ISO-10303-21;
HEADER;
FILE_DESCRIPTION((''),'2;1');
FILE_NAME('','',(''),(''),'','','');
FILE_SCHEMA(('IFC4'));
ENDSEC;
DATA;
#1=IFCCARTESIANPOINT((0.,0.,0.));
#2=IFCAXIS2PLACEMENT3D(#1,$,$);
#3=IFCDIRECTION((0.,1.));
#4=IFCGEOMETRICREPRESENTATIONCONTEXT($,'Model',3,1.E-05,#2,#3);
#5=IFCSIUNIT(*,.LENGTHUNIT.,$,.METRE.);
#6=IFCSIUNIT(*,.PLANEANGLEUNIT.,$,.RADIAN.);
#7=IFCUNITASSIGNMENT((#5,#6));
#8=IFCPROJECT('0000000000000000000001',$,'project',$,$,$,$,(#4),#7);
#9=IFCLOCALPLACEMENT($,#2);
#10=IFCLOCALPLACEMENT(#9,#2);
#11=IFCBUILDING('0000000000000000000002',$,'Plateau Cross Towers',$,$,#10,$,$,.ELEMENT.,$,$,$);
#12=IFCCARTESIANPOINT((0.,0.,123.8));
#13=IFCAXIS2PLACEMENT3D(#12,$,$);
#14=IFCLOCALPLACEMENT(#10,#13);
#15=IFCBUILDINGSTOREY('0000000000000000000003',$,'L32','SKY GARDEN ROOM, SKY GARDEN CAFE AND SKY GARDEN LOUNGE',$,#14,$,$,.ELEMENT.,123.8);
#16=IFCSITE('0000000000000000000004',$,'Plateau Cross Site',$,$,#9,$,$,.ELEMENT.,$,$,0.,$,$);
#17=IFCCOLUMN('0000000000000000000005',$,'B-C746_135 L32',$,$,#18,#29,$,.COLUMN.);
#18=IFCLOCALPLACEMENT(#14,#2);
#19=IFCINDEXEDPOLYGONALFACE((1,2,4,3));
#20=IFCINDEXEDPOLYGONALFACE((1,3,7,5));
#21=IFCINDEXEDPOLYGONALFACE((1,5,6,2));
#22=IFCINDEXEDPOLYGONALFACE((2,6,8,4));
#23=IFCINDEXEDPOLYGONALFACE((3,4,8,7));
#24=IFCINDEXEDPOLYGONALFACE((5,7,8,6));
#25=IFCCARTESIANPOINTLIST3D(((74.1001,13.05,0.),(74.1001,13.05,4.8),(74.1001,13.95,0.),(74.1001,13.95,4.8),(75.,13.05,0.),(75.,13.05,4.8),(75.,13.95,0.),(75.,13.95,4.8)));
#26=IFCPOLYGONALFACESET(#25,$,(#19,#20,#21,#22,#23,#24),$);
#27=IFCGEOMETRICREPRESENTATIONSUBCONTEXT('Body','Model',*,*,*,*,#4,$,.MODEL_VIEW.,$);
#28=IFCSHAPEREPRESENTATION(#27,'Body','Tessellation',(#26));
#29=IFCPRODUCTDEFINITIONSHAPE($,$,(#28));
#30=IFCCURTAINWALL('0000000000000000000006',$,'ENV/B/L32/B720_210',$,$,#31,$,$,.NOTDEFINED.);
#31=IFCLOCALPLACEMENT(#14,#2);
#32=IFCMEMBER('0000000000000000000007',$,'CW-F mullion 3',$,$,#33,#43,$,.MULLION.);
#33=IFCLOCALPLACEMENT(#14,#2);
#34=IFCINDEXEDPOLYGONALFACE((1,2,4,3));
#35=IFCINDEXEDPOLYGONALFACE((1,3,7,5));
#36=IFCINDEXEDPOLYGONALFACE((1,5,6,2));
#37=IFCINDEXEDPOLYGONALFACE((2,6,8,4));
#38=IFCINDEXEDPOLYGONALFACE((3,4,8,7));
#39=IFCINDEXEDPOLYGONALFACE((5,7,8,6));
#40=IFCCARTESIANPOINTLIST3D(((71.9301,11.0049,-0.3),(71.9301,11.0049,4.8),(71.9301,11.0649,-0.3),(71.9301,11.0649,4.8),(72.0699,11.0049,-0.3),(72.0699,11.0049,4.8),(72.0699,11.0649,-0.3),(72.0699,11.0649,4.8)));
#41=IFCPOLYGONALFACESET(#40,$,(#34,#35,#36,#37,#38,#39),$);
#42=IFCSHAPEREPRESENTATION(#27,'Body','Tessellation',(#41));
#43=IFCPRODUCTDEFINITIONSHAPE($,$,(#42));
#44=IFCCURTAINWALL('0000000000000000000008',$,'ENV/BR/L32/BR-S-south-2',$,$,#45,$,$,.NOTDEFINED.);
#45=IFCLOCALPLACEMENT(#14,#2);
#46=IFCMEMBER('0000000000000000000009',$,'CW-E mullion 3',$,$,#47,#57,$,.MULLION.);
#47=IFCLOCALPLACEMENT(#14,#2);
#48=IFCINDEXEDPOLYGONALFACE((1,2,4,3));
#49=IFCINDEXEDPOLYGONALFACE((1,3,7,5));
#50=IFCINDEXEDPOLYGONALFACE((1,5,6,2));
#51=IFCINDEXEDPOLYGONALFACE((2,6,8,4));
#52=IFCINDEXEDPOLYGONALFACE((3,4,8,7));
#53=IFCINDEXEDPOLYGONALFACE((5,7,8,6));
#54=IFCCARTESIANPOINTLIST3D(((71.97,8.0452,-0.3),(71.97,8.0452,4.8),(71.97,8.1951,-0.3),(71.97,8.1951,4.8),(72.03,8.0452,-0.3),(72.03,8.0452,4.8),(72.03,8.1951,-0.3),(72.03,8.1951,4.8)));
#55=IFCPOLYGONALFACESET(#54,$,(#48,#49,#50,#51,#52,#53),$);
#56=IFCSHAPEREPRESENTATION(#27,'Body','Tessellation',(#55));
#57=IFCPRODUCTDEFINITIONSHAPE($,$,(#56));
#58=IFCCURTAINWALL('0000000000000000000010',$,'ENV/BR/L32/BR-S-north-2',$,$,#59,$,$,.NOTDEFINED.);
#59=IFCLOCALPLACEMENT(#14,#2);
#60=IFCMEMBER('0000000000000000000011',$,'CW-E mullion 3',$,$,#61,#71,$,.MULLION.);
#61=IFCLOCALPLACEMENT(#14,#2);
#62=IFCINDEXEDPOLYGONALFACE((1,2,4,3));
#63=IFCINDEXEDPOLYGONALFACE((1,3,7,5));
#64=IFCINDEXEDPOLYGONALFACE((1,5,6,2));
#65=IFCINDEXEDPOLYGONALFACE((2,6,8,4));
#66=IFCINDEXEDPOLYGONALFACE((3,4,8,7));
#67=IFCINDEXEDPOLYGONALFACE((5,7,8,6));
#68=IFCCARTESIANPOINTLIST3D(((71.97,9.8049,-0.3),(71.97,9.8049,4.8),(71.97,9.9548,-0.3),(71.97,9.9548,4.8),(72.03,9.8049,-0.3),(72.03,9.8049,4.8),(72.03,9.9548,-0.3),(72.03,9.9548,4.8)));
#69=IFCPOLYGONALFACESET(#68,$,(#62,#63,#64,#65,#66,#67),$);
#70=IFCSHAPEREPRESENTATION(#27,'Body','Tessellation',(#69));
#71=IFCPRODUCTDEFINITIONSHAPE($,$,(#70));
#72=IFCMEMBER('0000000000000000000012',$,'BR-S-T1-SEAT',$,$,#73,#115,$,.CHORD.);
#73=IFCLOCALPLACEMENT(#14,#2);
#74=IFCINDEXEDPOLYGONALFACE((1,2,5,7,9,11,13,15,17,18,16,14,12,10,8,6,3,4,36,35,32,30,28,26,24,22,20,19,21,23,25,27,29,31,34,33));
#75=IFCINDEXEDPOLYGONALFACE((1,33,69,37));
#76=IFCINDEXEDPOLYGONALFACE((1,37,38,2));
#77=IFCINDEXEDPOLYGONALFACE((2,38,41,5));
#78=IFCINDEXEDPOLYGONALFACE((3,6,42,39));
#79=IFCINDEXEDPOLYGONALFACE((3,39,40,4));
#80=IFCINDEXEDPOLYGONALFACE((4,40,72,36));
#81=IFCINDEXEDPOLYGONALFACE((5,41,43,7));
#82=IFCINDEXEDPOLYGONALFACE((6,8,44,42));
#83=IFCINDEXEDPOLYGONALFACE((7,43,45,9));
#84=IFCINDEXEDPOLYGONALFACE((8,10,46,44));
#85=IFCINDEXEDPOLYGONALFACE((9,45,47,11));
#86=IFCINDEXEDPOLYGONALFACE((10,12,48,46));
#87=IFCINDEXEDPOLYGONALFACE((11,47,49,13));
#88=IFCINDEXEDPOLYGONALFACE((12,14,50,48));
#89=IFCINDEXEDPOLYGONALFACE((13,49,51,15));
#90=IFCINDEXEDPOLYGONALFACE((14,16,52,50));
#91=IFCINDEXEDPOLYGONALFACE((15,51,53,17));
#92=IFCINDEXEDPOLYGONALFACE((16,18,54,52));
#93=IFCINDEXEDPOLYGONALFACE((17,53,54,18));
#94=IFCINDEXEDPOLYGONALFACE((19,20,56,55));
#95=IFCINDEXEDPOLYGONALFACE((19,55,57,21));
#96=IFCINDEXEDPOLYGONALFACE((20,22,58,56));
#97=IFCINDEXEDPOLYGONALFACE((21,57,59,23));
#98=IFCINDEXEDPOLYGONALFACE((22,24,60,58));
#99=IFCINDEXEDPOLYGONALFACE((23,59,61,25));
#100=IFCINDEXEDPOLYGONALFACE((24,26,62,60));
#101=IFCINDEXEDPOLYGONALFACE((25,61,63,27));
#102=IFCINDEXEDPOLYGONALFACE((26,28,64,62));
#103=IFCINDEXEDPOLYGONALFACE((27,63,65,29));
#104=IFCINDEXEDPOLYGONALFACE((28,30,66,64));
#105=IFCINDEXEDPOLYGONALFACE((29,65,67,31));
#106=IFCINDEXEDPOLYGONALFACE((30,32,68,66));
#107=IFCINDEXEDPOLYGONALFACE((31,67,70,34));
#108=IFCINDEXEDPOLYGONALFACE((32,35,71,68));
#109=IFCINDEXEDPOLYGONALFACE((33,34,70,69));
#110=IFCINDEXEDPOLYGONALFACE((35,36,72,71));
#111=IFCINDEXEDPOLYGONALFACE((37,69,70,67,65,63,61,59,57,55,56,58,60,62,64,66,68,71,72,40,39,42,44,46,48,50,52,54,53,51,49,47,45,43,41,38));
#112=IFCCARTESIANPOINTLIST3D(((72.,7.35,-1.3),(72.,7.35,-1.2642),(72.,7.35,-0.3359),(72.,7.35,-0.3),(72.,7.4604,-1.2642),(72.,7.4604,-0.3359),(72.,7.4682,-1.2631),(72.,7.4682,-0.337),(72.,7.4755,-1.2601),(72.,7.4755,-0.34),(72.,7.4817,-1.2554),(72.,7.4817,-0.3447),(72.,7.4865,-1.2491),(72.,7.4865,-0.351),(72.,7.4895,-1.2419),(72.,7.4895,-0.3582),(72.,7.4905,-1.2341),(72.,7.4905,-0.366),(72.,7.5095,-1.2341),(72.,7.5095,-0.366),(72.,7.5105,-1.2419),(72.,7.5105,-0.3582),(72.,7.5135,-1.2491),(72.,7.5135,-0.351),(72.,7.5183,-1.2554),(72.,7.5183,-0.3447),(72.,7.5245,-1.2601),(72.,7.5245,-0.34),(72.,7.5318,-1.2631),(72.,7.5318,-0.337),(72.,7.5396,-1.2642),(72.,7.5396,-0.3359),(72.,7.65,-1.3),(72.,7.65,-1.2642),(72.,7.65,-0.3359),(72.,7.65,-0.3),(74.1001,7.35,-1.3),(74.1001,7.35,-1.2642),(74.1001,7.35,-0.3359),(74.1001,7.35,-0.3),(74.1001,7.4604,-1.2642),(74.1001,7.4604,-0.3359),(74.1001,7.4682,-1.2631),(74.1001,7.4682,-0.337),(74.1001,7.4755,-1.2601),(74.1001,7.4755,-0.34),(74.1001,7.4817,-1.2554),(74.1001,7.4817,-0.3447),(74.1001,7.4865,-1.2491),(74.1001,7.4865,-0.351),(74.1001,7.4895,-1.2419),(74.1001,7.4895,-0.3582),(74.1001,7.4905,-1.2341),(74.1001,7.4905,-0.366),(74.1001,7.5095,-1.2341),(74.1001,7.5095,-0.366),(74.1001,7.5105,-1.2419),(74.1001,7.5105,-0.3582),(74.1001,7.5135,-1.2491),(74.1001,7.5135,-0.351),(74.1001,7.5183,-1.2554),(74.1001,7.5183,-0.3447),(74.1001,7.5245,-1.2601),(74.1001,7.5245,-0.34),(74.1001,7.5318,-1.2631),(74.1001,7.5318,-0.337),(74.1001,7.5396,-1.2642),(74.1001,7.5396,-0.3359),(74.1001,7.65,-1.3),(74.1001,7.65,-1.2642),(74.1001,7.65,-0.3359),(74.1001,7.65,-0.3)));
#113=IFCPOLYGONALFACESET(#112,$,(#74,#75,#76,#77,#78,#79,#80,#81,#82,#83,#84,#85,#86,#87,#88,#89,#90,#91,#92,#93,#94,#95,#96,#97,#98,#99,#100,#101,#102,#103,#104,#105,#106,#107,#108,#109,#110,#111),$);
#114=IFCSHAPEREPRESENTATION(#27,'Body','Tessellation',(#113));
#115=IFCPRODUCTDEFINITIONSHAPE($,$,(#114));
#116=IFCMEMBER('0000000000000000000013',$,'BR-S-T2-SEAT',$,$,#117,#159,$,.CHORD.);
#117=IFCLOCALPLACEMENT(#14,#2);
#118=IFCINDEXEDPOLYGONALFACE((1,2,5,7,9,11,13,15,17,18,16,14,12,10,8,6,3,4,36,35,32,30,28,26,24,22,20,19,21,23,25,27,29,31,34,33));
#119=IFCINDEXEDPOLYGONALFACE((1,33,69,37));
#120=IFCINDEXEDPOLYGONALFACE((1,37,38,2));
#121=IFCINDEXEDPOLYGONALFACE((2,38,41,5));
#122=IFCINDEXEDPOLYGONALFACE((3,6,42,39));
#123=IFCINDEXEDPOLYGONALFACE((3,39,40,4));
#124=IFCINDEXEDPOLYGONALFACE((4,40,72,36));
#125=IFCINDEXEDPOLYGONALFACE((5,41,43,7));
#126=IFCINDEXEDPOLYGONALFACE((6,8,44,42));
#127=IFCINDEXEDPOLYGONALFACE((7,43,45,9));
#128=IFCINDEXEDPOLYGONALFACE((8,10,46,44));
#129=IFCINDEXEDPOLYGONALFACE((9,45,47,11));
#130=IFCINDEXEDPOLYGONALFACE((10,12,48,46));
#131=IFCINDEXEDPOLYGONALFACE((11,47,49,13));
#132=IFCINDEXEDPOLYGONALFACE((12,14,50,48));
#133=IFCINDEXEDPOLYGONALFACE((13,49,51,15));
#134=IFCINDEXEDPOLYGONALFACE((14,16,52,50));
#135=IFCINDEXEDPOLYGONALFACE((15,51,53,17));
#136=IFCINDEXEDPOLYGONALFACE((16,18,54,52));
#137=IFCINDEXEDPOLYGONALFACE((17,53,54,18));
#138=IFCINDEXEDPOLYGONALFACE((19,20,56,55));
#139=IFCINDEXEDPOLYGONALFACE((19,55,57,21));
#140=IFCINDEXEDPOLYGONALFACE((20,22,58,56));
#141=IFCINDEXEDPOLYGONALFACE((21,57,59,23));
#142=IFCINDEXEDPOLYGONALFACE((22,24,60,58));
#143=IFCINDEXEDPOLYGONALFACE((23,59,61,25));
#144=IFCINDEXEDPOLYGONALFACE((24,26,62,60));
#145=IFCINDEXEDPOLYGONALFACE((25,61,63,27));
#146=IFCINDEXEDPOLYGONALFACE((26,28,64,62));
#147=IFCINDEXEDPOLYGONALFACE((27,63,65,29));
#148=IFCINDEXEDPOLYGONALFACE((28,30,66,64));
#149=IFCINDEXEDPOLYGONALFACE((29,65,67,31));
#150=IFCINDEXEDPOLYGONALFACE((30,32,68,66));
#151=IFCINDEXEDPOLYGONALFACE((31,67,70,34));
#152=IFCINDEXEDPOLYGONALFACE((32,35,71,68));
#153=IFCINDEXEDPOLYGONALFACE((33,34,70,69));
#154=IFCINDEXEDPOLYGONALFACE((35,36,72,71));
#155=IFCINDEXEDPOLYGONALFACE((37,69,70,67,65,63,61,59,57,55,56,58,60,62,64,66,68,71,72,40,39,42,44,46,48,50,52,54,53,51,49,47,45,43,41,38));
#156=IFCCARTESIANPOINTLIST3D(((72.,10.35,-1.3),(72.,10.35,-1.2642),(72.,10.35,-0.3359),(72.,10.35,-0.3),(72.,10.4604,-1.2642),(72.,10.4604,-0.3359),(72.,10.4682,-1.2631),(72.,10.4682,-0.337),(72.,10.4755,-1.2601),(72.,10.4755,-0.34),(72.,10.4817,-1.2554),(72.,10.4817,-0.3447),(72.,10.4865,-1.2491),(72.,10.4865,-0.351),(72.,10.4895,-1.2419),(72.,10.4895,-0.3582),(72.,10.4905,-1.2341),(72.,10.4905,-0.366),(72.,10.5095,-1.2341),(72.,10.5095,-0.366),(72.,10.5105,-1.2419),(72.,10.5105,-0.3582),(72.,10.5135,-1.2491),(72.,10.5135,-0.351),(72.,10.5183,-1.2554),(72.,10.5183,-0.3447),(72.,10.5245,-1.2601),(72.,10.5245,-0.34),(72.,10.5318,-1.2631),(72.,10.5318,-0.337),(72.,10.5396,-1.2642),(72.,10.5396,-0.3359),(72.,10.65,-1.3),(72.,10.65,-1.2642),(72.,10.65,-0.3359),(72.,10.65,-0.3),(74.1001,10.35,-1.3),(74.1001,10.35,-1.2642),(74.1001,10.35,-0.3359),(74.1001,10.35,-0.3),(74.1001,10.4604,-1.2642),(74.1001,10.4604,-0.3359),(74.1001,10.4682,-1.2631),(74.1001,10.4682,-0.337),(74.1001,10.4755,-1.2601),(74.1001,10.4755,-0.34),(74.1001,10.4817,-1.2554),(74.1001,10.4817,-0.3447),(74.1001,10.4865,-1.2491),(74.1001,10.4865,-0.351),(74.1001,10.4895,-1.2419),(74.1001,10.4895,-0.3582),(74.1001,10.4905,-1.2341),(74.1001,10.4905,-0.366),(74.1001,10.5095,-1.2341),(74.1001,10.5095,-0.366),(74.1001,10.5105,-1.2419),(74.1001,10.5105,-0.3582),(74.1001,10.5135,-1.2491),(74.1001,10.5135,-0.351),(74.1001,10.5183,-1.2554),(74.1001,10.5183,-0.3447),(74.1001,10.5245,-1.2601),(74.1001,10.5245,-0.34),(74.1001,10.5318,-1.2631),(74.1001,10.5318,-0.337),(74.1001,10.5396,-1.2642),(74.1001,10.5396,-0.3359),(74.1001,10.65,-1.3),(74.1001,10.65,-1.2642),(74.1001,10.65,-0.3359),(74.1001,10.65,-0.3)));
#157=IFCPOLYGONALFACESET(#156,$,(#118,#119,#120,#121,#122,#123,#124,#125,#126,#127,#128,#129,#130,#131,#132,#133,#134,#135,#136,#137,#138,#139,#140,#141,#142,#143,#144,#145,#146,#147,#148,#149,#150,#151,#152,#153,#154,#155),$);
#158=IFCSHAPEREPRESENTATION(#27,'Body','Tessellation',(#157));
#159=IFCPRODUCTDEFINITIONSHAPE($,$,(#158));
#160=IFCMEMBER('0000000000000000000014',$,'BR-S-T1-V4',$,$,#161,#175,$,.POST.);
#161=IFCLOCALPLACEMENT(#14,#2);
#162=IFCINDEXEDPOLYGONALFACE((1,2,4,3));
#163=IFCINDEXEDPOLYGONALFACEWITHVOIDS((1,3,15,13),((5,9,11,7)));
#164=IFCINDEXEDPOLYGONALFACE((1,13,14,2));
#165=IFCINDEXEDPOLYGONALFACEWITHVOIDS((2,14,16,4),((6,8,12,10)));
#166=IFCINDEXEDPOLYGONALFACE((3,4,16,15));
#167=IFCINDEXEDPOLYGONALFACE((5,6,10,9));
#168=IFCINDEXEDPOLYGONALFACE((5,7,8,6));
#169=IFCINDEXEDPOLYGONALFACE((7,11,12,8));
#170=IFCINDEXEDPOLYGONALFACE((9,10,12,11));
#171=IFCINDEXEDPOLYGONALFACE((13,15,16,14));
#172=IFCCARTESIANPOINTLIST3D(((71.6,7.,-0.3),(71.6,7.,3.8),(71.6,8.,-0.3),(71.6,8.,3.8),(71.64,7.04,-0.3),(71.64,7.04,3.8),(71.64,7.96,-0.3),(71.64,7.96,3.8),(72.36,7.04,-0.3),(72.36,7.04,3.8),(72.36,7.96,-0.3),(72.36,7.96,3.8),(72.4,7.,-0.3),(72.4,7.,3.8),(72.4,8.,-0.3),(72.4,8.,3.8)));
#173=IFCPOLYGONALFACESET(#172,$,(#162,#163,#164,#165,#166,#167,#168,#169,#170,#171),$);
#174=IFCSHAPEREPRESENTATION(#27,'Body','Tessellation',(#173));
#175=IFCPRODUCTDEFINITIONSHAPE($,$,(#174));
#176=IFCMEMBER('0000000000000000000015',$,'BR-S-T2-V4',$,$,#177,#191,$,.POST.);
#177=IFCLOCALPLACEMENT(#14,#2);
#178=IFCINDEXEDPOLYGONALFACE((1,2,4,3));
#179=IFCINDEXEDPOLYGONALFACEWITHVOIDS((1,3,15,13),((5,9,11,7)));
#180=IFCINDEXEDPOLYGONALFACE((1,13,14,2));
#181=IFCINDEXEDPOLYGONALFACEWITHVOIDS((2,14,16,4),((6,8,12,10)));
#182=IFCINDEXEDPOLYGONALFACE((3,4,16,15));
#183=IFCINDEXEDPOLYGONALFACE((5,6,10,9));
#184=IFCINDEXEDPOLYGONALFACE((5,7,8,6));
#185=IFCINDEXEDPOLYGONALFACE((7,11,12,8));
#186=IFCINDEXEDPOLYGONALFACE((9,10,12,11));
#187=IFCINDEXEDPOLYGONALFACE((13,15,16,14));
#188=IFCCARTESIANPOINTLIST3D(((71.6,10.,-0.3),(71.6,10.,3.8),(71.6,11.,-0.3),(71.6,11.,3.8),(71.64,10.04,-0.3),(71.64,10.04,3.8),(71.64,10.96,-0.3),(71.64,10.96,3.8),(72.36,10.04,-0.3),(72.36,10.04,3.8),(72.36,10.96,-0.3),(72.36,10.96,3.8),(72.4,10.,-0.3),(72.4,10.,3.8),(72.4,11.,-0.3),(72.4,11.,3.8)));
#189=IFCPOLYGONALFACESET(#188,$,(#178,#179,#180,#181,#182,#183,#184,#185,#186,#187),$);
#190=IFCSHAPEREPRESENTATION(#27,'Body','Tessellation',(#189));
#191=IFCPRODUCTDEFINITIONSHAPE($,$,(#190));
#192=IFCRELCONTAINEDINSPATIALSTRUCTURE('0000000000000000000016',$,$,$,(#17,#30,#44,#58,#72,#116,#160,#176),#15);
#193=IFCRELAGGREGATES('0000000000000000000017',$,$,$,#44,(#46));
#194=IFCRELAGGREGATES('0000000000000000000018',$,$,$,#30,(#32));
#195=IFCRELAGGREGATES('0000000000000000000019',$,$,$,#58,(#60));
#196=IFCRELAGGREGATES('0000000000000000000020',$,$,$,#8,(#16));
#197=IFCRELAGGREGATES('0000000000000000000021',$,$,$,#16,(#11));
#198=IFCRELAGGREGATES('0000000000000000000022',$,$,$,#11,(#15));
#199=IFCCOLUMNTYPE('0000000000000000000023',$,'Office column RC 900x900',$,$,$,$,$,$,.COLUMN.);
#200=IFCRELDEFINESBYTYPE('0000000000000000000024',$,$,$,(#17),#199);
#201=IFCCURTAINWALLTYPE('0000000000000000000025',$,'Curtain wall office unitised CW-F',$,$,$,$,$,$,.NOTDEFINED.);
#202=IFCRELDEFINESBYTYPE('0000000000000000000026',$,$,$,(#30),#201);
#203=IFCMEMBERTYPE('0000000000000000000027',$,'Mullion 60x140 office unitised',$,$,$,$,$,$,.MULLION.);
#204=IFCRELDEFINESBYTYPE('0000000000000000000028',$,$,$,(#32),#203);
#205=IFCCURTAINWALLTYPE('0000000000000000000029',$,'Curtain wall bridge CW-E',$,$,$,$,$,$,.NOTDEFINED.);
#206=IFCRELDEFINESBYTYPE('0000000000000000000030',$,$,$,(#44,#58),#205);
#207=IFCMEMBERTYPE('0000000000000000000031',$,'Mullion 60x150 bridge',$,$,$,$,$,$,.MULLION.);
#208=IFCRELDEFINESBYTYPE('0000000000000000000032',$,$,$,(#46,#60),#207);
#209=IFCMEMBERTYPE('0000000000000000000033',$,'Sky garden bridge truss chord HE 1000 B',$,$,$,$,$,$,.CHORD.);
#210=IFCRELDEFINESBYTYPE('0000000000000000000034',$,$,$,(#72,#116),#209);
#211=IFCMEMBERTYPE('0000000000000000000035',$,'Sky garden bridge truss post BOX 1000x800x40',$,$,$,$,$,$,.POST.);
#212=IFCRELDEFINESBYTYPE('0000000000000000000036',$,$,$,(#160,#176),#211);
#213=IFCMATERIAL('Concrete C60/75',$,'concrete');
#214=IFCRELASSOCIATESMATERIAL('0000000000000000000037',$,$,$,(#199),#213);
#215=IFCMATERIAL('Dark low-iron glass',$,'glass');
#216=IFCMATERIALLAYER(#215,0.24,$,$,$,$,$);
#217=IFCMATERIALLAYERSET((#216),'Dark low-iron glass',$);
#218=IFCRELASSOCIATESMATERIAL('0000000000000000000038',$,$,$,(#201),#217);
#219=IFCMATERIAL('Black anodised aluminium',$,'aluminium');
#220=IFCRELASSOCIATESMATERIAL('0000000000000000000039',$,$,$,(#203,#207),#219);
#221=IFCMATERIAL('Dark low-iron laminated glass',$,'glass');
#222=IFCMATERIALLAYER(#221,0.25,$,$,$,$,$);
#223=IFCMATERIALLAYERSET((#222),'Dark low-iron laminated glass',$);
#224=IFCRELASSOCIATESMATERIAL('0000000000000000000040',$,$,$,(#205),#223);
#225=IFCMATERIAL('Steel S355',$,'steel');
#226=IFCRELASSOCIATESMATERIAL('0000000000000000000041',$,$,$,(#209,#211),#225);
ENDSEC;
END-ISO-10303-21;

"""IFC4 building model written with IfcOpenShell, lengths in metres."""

from ifc_helpers import new_model, si_unit, direction, frame, origin, origin_2d, place, context, subcontext, project, spatial, rectangle, hollow_rectangle, i_section, extrude, material, layer, layer_set, material_profile, profile_set, type_object, element, aggregate, save


model = new_model("IFC4")

# Units and contexts
model_context = context("Model", 3, precision=1e-05, world=origin(), true_north=direction((0.0, 1.0)))
body_context = subcontext(model_context, "Body", "Model", "MODEL_VIEW")
ifc_project = project(units=[si_unit("LENGTHUNIT", "METRE"), si_unit("PLANEANGLEUNIT", "RADIAN")], contexts=[model_context])

# Site, building, storey
site_placement = place(None, origin())
site = spatial("IfcSite", under=ifc_project, at=site_placement, Name="Plateau Cross Site", CompositionType="ELEMENT", RefElevation=0.0)
building_placement = place(site_placement, origin())
building = spatial("IfcBuilding", under=site, at=building_placement, Name="Plateau Cross Towers", CompositionType="ELEMENT")
storey_placement = place(building_placement, frame((0.0, 0.0, 123.8)))
storey = spatial("IfcBuildingStorey", under=building, at=storey_placement, Name="L32", Description="SKY GARDEN ROOM, SKY GARDEN CAFE AND SKY GARDEN LOUNGE", CompositionType="ELEMENT", Elevation=123.8)

# Column
ifc_material_1 = material(Name="Concrete C60/75", Category="concrete")
ifc_material_profile_1 = material_profile(ifc_material_1, rectangle(XDim=0.8999, YDim=0.8999, at=origin_2d()), Name="RC 900x900")
ifc_profile_set_1 = profile_set([ifc_material_profile_1], Name="Concrete C60/75")
column_type = type_object("IfcColumnType", Name="Office column RC 900x900", PredefinedType="COLUMN", material=ifc_profile_set_1)
column_placement = place(storey_placement, frame((74.55, 13.5, 0.0), z_axis=(0.0, 0.0, 1.0), x_axis=(1.0, 0.0, 0.0)))
element("IfcColumn", 1, at=column_placement, inside=storey, type_object=column_type, Name="B-C746_135 L32", PredefinedType="COLUMN", context=body_context, shape_type="SweptSolid", body=[
    extrude(rectangle(XDim=0.8999, YDim=0.8999, at=origin_2d()), origin(), (0.0, 0.0, 1.0), 4.8),
])

# Curtain walls, members
ifc_material_2 = material(Name="Dark low-iron glass", Category="glass")
ifc_layer_1 = layer(ifc_material_2, 0.24)
ifc_layer_set_1 = layer_set([ifc_layer_1], Name="Dark low-iron glass")
curtain_wall_type_1 = type_object("IfcCurtainWallType", Name="Curtain wall office unitised CW-F", PredefinedType="NOTDEFINED", material=ifc_layer_set_1)
curtain_wall_1_placement = place(storey_placement, origin())
curtain_wall_1 = element("IfcCurtainWall", 2, at=curtain_wall_1_placement, inside=storey, type_object=curtain_wall_type_1, Name="ENV/B/L32/B720_210", PredefinedType="NOTDEFINED")
ifc_material_3 = material(Name="Black anodised aluminium", Category="aluminium")
ifc_material_profile_2 = material_profile(ifc_material_3, rectangle(XDim=0.0601, YDim=0.1399, at=origin_2d()), Name="MULLION 60x140")
ifc_profile_set_2 = profile_set([ifc_material_profile_2], Name="Black anodised aluminium")
member_type_1 = type_object("IfcMemberType", Name="Mullion 60x140 office unitised", PredefinedType="MULLION", material=ifc_profile_set_2)
member_1_placement = place(storey_placement, frame((72.0, 11.0349, -0.3), z_axis=(0.0, 0.0, 1.0), x_axis=(0.0, -1.0, 0.0)))
member_1 = element("IfcMember", 3, at=member_1_placement, type_object=member_type_1, Name="CW-F mullion 3", PredefinedType="MULLION", context=body_context, shape_type="SweptSolid", body=[
    extrude(rectangle(XDim=0.0601, YDim=0.1399, at=origin_2d()), origin(), (0.0, 0.0, 1.0), 5.1001),
])
ifc_material_4 = material(Name="Dark low-iron laminated glass", Category="glass")
ifc_layer_2 = layer(ifc_material_4, 0.25)
ifc_layer_set_2 = layer_set([ifc_layer_2], Name="Dark low-iron laminated glass")
curtain_wall_type_2 = type_object("IfcCurtainWallType", Name="Curtain wall bridge CW-E", PredefinedType="NOTDEFINED", material=ifc_layer_set_2)
curtain_wall_2_placement = place(storey_placement, origin())
curtain_wall_2 = element("IfcCurtainWall", 4, at=curtain_wall_2_placement, inside=storey, type_object=curtain_wall_type_2, Name="ENV/BR/L32/BR-S-south-2", PredefinedType="NOTDEFINED")
ifc_material_profile_3 = material_profile(ifc_material_3, rectangle(XDim=0.0601, YDim=0.1499, at=origin_2d()), Name="MULLION 60x150")
ifc_profile_set_3 = profile_set([ifc_material_profile_3], Name="Black anodised aluminium")
member_type_2 = type_object("IfcMemberType", Name="Mullion 60x150 bridge", PredefinedType="MULLION", material=ifc_profile_set_3)
member_2_placement = place(storey_placement, frame((72.0, 8.1201, -0.3), z_axis=(0.0, 0.0, 1.0), x_axis=(1.0, 0.0, 0.0)))
member_2 = element("IfcMember", 5, at=member_2_placement, type_object=member_type_2, Name="CW-E mullion 3", PredefinedType="MULLION", context=body_context, shape_type="SweptSolid", body=[
    extrude(rectangle(XDim=0.0601, YDim=0.1499, at=origin_2d()), origin(), (0.0, 0.0, 1.0), 5.1001),
])
aggregate(curtain_wall_2, [member_2])
curtain_wall_3_placement = place(storey_placement, origin())
curtain_wall_3 = element("IfcCurtainWall", 6, at=curtain_wall_3_placement, inside=storey, type_object=curtain_wall_type_2, Name="ENV/BR/L32/BR-S-north-2", PredefinedType="NOTDEFINED")
member_3_placement = place(storey_placement, frame((72.0, 9.8799, -0.3), z_axis=(0.0, 0.0, 1.0), x_axis=(1.0, 0.0, 0.0)))
member_3 = element("IfcMember", 7, at=member_3_placement, type_object=member_type_2, Name="CW-E mullion 3", PredefinedType="MULLION", context=body_context, shape_type="SweptSolid", body=[
    extrude(rectangle(XDim=0.0601, YDim=0.1499, at=origin_2d()), origin(), (0.0, 0.0, 1.0), 5.1001),
])

# Members
ifc_material_5 = material(Name="Steel S355", Category="steel")
ifc_material_profile_4 = material_profile(ifc_material_5, i_section(OverallWidth=0.3, OverallDepth=1.0, WebThickness=0.019, FlangeThickness=0.0359, FilletRadius=0.03, at=origin_2d()), Name="HE 1000 B")
ifc_profile_set_4 = profile_set([ifc_material_profile_4], Name="Steel S355")
member_type_3 = type_object("IfcMemberType", Name="Sky garden bridge truss chord HE 1000 B", PredefinedType="CHORD", material=ifc_profile_set_4)
for number, where, z_axis, x_axis, name in (
    (8, (72.0, 7.5, -0.8), (1.0, 0.0, 0.0), (0.0, 1.0, 0.0), "BR-S-T1-SEAT"),
    (9, (72.0, 10.5, -0.8), (1.0, 0.0, 0.0), (0.0, 1.0, 0.0), "BR-S-T2-SEAT"),
):
    element("IfcMember", number, at=place(storey_placement, frame(where, z_axis=z_axis, x_axis=x_axis)), inside=storey, type_object=member_type_3, Name=name, PredefinedType="CHORD", context=body_context, shape_type="SweptSolid", body=[
        extrude(i_section(OverallWidth=0.3, OverallDepth=1.0, WebThickness=0.019, FlangeThickness=0.0359, FilletRadius=0.03, at=origin_2d()), origin(), (0.0, 0.0, 1.0), 2.1001),
    ])
ifc_material_profile_5 = material_profile(ifc_material_5, hollow_rectangle(XDim=0.8, YDim=1.0, WallThickness=0.04, at=origin_2d()), Name="BOX 1000x800x40")
ifc_profile_set_5 = profile_set([ifc_material_profile_5], Name="Steel S355")
member_type_4 = type_object("IfcMemberType", Name="Sky garden bridge truss post BOX 1000x800x40", PredefinedType="POST", material=ifc_profile_set_5)
for number, where, z_axis, x_axis, name in (
    (10, (72.0, 7.5, -0.3), (0.0, 0.0, 1.0), (1.0, 0.0, 0.0), "BR-S-T1-V4"),
    (11, (72.0, 10.5, -0.3), (0.0, 0.0, 1.0), (1.0, 0.0, 0.0), "BR-S-T2-V4"),
):
    element("IfcMember", number, at=place(storey_placement, frame(where, z_axis=z_axis, x_axis=x_axis)), inside=storey, type_object=member_type_4, Name=name, PredefinedType="POST", context=body_context, shape_type="SweptSolid", body=[
        extrude(hollow_rectangle(XDim=0.8, YDim=1.0, WallThickness=0.04, at=origin_2d()), origin(), (0.0, 0.0, 1.0), 4.1001),
    ])

aggregate(curtain_wall_1, [member_1])
aggregate(curtain_wall_3, [member_3])

save(model, "model.ifc")
